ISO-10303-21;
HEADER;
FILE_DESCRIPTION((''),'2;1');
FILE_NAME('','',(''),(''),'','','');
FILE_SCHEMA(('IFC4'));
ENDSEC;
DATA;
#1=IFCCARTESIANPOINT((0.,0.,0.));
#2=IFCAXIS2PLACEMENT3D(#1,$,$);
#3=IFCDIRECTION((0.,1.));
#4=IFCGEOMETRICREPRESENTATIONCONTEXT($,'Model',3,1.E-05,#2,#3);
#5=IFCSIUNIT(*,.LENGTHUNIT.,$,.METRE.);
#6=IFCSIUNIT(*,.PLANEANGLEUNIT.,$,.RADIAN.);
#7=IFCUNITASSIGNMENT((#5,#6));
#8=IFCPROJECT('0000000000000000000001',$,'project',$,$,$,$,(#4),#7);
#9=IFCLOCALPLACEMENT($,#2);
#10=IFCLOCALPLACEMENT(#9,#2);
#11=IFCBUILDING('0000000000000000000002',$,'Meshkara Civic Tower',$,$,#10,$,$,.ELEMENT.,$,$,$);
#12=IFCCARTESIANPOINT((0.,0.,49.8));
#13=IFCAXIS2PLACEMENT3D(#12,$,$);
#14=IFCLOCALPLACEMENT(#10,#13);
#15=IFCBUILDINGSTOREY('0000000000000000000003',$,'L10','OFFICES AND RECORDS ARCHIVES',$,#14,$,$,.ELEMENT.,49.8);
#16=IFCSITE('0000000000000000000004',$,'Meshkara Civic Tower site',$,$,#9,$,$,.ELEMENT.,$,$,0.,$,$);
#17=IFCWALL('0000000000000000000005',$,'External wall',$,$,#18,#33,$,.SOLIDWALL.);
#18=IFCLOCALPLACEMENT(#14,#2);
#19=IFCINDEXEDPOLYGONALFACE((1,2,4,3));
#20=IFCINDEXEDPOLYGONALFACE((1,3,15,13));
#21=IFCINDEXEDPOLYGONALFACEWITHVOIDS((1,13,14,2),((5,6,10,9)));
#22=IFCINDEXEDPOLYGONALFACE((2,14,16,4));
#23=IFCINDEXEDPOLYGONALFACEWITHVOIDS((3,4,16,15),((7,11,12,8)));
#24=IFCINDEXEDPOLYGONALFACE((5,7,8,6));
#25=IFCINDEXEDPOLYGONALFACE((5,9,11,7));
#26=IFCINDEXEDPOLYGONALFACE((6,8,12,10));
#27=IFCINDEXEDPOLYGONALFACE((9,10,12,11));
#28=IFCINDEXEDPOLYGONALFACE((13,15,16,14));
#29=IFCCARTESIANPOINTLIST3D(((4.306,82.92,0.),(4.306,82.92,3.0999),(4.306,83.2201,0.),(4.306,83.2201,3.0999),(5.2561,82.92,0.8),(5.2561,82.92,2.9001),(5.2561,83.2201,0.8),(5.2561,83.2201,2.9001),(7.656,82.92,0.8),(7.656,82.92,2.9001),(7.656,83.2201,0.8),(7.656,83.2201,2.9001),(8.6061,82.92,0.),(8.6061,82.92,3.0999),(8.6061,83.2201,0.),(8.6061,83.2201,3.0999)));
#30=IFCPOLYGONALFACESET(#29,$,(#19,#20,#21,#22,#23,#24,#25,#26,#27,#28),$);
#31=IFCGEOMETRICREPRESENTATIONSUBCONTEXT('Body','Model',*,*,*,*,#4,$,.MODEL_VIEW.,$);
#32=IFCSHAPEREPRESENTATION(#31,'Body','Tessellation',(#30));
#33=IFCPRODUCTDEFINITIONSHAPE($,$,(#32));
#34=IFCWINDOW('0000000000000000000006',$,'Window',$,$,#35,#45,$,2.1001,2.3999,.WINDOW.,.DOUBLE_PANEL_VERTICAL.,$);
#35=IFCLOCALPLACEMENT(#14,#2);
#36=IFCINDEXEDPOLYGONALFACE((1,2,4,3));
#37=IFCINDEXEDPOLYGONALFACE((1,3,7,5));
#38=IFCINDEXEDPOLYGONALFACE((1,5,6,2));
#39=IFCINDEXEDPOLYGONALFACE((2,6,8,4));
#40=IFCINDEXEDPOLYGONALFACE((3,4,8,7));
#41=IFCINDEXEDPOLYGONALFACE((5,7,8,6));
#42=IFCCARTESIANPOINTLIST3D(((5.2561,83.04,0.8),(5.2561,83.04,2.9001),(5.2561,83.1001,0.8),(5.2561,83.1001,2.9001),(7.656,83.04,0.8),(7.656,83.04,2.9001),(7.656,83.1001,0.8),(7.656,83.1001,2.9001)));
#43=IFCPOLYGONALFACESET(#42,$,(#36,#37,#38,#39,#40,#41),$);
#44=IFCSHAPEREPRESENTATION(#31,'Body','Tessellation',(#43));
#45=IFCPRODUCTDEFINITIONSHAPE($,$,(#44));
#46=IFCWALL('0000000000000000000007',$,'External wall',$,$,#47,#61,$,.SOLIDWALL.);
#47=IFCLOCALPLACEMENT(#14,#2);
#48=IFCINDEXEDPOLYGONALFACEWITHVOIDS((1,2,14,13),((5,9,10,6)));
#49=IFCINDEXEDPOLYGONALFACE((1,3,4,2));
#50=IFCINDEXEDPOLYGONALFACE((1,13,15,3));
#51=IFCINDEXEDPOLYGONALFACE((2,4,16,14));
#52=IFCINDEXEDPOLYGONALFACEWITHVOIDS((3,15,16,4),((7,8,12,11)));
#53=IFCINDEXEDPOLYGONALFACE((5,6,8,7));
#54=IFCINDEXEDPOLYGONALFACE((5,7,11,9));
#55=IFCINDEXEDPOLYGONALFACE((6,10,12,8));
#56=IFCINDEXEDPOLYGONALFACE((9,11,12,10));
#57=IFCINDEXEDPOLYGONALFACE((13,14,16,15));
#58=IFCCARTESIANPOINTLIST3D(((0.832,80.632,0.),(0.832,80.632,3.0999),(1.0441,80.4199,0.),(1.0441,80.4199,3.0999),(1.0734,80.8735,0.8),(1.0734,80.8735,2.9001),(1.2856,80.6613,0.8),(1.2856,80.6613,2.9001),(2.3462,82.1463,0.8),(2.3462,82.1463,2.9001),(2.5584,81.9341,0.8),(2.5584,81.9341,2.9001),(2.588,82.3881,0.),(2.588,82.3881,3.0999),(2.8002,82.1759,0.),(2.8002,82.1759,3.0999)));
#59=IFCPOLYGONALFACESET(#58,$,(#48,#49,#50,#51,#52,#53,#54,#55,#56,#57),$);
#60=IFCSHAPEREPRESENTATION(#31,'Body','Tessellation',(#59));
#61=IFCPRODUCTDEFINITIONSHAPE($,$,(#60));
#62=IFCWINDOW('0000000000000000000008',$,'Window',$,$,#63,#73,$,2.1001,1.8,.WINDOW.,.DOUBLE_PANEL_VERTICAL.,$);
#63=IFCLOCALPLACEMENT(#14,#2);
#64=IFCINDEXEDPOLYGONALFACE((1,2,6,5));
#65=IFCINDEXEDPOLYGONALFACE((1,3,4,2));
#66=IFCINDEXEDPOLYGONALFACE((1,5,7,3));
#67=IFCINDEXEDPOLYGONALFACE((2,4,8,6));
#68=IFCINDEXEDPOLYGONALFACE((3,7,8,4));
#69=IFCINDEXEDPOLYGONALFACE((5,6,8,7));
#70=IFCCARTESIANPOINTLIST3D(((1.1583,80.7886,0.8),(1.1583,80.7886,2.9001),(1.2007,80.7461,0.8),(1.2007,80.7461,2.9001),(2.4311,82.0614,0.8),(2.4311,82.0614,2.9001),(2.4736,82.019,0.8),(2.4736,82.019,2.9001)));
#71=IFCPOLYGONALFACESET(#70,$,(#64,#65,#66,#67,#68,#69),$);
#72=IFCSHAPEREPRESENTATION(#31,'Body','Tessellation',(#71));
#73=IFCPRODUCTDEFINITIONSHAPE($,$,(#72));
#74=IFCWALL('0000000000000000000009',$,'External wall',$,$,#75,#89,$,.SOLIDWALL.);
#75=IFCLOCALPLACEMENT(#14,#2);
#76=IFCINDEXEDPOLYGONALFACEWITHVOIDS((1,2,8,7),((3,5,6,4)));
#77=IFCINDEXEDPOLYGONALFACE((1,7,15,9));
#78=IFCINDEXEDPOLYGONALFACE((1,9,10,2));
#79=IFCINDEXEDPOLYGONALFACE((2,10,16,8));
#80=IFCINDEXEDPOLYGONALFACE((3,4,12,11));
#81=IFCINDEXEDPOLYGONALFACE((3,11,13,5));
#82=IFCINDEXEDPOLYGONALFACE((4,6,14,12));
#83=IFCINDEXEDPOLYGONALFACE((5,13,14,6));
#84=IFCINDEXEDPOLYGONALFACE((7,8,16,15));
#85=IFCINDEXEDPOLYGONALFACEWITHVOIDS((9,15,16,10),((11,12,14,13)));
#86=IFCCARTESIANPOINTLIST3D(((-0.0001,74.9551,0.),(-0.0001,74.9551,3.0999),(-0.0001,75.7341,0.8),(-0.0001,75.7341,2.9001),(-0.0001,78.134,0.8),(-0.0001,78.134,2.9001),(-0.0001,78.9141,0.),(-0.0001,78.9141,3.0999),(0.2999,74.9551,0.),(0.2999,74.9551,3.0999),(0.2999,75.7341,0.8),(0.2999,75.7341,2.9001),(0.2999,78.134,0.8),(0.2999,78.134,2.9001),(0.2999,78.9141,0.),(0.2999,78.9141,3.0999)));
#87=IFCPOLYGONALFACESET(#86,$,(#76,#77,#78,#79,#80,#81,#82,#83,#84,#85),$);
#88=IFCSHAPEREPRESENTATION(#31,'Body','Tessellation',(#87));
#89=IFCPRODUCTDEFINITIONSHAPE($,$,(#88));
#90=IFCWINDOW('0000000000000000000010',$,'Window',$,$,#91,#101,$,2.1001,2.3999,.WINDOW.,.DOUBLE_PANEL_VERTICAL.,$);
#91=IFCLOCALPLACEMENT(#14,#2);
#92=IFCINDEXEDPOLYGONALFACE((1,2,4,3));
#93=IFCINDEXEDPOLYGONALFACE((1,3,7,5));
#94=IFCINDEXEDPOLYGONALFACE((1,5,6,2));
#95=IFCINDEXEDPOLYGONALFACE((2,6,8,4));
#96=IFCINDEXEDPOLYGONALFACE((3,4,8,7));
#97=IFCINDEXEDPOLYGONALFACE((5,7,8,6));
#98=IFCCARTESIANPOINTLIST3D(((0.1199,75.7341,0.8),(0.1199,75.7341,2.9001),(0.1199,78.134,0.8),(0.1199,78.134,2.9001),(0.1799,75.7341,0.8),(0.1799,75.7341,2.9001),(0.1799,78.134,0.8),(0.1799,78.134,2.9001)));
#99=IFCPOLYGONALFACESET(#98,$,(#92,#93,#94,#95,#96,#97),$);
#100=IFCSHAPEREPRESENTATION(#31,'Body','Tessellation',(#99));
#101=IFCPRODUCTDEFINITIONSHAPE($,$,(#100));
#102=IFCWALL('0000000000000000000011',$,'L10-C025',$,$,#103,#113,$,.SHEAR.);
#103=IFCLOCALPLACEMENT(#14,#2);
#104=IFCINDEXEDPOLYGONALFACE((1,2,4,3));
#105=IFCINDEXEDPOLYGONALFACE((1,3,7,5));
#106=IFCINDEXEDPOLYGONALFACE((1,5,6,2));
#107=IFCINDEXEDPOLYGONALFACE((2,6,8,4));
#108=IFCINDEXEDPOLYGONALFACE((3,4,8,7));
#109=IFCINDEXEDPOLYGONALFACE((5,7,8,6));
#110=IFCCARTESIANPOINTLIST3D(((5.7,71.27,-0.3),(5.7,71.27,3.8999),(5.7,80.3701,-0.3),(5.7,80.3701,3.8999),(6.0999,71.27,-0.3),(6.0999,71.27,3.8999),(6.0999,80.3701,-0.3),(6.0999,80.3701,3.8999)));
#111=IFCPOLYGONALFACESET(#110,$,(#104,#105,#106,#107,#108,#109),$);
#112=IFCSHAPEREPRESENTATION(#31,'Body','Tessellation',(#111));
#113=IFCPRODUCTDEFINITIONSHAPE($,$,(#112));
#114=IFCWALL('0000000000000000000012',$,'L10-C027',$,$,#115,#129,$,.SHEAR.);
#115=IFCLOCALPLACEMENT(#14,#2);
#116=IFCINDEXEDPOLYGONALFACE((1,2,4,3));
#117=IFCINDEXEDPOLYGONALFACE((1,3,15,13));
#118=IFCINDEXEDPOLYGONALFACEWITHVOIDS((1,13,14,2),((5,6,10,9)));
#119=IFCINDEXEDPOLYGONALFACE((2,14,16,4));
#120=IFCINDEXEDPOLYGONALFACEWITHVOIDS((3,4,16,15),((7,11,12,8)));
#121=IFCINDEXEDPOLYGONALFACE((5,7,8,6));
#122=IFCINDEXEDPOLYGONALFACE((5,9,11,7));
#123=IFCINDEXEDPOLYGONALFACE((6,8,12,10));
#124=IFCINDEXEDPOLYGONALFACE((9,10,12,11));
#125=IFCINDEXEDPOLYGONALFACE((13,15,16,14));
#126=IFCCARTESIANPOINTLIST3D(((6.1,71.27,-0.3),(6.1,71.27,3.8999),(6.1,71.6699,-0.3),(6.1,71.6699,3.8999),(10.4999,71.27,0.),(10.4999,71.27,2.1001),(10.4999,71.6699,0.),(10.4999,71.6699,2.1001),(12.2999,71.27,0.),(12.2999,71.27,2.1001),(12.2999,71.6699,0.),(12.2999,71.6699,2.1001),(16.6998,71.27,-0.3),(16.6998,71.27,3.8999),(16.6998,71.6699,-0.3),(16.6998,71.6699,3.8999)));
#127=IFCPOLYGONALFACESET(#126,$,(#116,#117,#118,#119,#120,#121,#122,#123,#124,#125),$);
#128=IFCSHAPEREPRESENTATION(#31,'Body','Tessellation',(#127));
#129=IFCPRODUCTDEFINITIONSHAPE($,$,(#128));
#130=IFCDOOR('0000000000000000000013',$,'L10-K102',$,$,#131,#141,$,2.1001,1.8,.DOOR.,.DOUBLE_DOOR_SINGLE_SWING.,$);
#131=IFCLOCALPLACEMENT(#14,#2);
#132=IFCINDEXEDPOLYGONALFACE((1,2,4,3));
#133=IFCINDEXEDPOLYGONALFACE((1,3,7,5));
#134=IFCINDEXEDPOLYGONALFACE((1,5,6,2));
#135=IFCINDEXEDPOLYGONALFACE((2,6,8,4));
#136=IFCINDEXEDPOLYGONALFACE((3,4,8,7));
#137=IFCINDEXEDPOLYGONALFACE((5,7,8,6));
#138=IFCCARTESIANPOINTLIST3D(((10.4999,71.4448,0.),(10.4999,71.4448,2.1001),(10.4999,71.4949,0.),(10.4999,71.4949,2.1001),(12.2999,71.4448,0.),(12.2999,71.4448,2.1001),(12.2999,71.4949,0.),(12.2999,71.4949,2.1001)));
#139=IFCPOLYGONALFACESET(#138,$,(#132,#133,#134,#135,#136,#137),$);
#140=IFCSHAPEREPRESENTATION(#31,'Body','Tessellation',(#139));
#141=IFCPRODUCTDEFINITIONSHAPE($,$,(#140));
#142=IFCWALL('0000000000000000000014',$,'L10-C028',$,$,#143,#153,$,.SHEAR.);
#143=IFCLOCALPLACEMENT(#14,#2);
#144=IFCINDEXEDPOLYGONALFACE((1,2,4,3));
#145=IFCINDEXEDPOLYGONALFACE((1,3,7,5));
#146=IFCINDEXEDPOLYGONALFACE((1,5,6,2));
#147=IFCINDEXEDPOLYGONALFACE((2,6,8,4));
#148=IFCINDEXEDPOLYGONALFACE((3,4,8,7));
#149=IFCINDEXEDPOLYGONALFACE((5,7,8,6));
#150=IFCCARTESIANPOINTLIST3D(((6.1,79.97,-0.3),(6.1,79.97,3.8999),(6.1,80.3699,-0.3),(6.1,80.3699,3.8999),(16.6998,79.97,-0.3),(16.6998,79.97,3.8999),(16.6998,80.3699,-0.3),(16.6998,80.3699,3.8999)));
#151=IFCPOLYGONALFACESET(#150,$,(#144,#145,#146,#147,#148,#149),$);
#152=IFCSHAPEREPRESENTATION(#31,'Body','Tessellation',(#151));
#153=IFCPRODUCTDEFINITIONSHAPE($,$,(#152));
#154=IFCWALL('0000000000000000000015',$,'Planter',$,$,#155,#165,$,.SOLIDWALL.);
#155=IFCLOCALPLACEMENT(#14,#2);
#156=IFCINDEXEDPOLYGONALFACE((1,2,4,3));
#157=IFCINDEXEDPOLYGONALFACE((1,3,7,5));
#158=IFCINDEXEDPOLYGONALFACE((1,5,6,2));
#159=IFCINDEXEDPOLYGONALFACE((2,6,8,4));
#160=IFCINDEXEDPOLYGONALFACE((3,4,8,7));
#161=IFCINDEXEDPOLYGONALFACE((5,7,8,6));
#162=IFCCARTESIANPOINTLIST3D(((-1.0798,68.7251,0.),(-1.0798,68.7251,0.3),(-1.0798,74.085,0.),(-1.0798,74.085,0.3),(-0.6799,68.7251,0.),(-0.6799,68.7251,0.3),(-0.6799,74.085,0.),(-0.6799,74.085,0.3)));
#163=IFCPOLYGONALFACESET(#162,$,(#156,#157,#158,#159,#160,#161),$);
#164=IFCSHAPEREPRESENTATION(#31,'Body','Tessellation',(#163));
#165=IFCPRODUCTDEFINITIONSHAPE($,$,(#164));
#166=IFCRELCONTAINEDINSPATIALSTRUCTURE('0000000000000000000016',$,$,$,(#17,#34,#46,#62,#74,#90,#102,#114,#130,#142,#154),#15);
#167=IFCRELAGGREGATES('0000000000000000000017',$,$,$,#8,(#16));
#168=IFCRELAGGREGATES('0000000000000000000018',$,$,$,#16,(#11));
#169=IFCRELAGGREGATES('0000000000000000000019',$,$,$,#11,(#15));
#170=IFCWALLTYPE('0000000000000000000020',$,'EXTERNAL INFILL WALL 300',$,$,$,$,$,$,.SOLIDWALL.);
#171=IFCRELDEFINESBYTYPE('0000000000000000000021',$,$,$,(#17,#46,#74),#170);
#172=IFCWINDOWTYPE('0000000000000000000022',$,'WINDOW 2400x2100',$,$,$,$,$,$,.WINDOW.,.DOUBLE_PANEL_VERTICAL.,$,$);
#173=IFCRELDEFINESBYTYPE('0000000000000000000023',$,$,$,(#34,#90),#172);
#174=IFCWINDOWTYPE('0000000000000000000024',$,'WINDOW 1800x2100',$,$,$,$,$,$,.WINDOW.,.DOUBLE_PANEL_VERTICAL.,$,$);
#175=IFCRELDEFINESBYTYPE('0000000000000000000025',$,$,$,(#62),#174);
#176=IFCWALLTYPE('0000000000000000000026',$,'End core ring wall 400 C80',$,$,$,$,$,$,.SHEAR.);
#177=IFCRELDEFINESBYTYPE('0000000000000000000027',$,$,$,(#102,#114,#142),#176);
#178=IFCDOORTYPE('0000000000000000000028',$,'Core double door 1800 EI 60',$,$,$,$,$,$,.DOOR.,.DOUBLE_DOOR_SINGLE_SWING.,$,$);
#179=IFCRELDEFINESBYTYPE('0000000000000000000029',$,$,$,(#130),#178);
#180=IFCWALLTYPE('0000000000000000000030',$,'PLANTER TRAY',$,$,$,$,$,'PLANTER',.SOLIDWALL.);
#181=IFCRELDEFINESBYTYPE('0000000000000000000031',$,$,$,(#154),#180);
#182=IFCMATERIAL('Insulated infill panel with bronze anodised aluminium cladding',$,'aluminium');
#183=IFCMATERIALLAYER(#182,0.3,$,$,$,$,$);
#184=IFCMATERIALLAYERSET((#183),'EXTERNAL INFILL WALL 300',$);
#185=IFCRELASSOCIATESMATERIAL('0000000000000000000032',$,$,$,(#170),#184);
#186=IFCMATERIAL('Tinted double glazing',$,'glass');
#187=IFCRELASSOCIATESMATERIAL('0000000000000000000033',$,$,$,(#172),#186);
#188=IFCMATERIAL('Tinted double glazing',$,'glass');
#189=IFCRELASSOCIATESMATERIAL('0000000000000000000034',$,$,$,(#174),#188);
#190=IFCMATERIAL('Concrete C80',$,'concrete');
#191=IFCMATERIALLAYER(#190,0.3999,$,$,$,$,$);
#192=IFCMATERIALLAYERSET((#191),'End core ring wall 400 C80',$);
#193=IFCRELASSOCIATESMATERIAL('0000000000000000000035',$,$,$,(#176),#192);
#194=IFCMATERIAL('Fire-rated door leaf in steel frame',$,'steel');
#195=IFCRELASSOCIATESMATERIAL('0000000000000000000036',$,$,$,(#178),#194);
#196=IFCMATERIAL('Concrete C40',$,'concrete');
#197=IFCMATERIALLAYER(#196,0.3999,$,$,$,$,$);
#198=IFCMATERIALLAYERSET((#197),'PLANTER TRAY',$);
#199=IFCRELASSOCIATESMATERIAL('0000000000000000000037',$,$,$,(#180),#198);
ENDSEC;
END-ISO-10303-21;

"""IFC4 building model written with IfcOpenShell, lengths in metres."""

from ifc_helpers import new_model, si_unit, direction, frame, frame_2d, origin, place, context, subcontext, project, spatial, rectangle, extrude, material, layer, layer_set, type_object, element, fill, save


model = new_model("IFC4")

# Units and contexts
model_context = context("Model", 3, precision=1e-05, world=origin(), true_north=direction((0.0, 1.0)))
body_context = subcontext(model_context, "Body", "Model", "MODEL_VIEW")
ifc_project = project(units=[si_unit("LENGTHUNIT", "METRE"), si_unit("PLANEANGLEUNIT", "RADIAN")], contexts=[model_context])

# Site, building, storey
site_placement = place(None, origin())
site = spatial("IfcSite", under=ifc_project, at=site_placement, Name="Meshkara Civic Tower site", CompositionType="ELEMENT", RefElevation=0.0)
building_placement = place(site_placement, origin())
building = spatial("IfcBuilding", under=site, at=building_placement, Name="Meshkara Civic Tower", CompositionType="ELEMENT")
storey_placement = place(building_placement, frame((0.0, 0.0, 49.8)))
storey = spatial("IfcBuildingStorey", under=building, at=storey_placement, Name="L10", Description="OFFICES AND RECORDS ARCHIVES", CompositionType="ELEMENT", Elevation=49.8)

# Walls, openings, windows
ifc_material_1 = material(Name="Insulated infill panel with bronze anodised aluminium cladding", Category="aluminium")
ifc_layer_1 = layer(ifc_material_1, 0.3)
ifc_layer_set_1 = layer_set([ifc_layer_1], Name="EXTERNAL INFILL WALL 300")
wall_type_1 = type_object("IfcWallType", Name="EXTERNAL INFILL WALL 300", PredefinedType="SOLIDWALL", material=ifc_layer_set_1)
wall_1_placement = place(storey_placement, frame((8.606, 83.0701, 0.0), z_axis=(0.0, 0.0, 1.0), x_axis=(-1.0, 0.0, 0.0)))
wall_1 = element("IfcWall", 1, at=wall_1_placement, inside=storey, type_object=wall_type_1, Name="External wall", PredefinedType="SOLIDWALL", context=body_context, shape_type="SweptSolid", body=[
    extrude(rectangle(XDim=4.3, YDim=0.3, at=frame_2d((2.1499, 0.0))), origin(), (0.0, 0.0, 1.0), 3.0999),
])
opening_1_placement = place(wall_1_placement, frame((0.95, 0.0, 0.8)))
opening_1 = element("IfcOpeningElement", 2, at=opening_1_placement, cuts=wall_1, PredefinedType="OPENING", context=body_context, shape_type="SweptSolid", body=[
    extrude(rectangle(XDim=2.3999, YDim=2.1001, at=frame_2d((1.2, 1.05))), frame((0.0, 0.1599, 0.0), z_axis=(0.0, -1.0, 0.0), x_axis=(1.0, 0.0, 0.0)), (0.0, 0.0, 1.0), 0.3201),
])
ifc_material_2 = material(Name="Tinted double glazing", Category="glass")
window_type_1 = type_object("IfcWindowType", Name="WINDOW 2400x2100", PartitioningType="DOUBLE_PANEL_VERTICAL", PredefinedType="WINDOW", material=ifc_material_2)
window_1_placement = place(opening_1_placement, origin())
window_1 = element("IfcWindow", 3, at=window_1_placement, inside=storey, type_object=window_type_1, Name="Window", OverallHeight=2.1001, OverallWidth=2.3999, PartitioningType="DOUBLE_PANEL_VERTICAL", PredefinedType="WINDOW", context=body_context, shape_type="SweptSolid", body=[
    extrude(rectangle(XDim=2.3999, YDim=2.1001, at=frame_2d((1.2, 1.05))), frame((0.0, 0.03, 0.0), z_axis=(0.0, -1.0, 0.0), x_axis=(1.0, 0.0, 0.0)), (0.0, 0.0, 1.0), 0.0601),
])
fill(opening_1, window_1)
wall_2_placement = place(storey_placement, frame((2.6941, 82.282, 0.0), z_axis=(0.0, 0.0, 1.0), x_axis=(-0.707107, -0.707107, 0.0)))
wall_2 = element("IfcWall", 4, at=wall_2_placement, inside=storey, type_object=wall_type_1, Name="External wall", PredefinedType="SOLIDWALL", context=body_context, shape_type="SweptSolid", body=[
    extrude(rectangle(XDim=2.4834, YDim=0.3, at=frame_2d((1.2417, 0.0))), origin(), (0.0, 0.0, 1.0), 3.0999),
])
opening_2_placement = place(wall_2_placement, frame((0.342, 0.0, 0.8)))
opening_2 = element("IfcOpeningElement", 5, at=opening_2_placement, cuts=wall_2, PredefinedType="OPENING", context=body_context, shape_type="SweptSolid", body=[
    extrude(rectangle(XDim=1.8, YDim=2.1001, at=frame_2d((0.8999, 1.05))), frame((0.0, 0.1599, 0.0), z_axis=(0.0, -1.0, 0.0), x_axis=(1.0, 0.0, 0.0)), (0.0, 0.0, 1.0), 0.3201),
])
ifc_material_3 = material(Name="Tinted double glazing", Category="glass")
window_type_2 = type_object("IfcWindowType", Name="WINDOW 1800x2100", PartitioningType="DOUBLE_PANEL_VERTICAL", PredefinedType="WINDOW", material=ifc_material_3)
window_2_placement = place(opening_2_placement, origin())
window_2 = element("IfcWindow", 6, at=window_2_placement, inside=storey, type_object=window_type_2, Name="Window", OverallHeight=2.1001, OverallWidth=1.8, PartitioningType="DOUBLE_PANEL_VERTICAL", PredefinedType="WINDOW", context=body_context, shape_type="SweptSolid", body=[
    extrude(rectangle(XDim=1.8, YDim=2.1001, at=frame_2d((0.8999, 1.05))), frame((0.0, 0.03, 0.0), z_axis=(0.0, -1.0, 0.0), x_axis=(1.0, 0.0, 0.0)), (0.0, 0.0, 1.0), 0.0601),
])
fill(opening_2, window_2)
wall_3_placement = place(storey_placement, frame((0.1499, 78.9141, 0.0), z_axis=(0.0, 0.0, 1.0), x_axis=(0.0, -1.0, 0.0)))
wall_3 = element("IfcWall", 7, at=wall_3_placement, inside=storey, type_object=wall_type_1, Name="External wall", PredefinedType="SOLIDWALL", context=body_context, shape_type="SweptSolid", body=[
    extrude(rectangle(XDim=3.959, YDim=0.3, at=frame_2d((1.9795, 0.0))), origin(), (0.0, 0.0, 1.0), 3.0999),
])
opening_3_placement = place(wall_3_placement, frame((0.78, 0.0, 0.8)))
opening_3 = element("IfcOpeningElement", 8, at=opening_3_placement, cuts=wall_3, PredefinedType="OPENING", context=body_context, shape_type="SweptSolid", body=[
    extrude(rectangle(XDim=2.3999, YDim=2.1001, at=frame_2d((1.2, 1.05))), frame((0.0, 0.1599, 0.0), z_axis=(0.0, -1.0, 0.0), x_axis=(1.0, 0.0, 0.0)), (0.0, 0.0, 1.0), 0.3201),
])
window_3_placement = place(opening_3_placement, origin())
window_3 = element("IfcWindow", 9, at=window_3_placement, inside=storey, type_object=window_type_1, Name="Window", OverallHeight=2.1001, OverallWidth=2.3999, PartitioningType="DOUBLE_PANEL_VERTICAL", PredefinedType="WINDOW", context=body_context, shape_type="SweptSolid", body=[
    extrude(rectangle(XDim=2.3999, YDim=2.1001, at=frame_2d((1.2, 1.05))), frame((0.0, 0.03, 0.0), z_axis=(0.0, -1.0, 0.0), x_axis=(1.0, 0.0, 0.0)), (0.0, 0.0, 1.0), 0.0601),
])
fill(opening_3, window_3)

# Wall
ifc_material_4 = material(Name="Concrete C80", Category="concrete")
ifc_layer_2 = layer(ifc_material_4, 0.3999)
ifc_layer_set_2 = layer_set([ifc_layer_2], Name="End core ring wall 400 C80")
wall_type_2 = type_object("IfcWallType", Name="End core ring wall 400 C80", PredefinedType="SHEAR", material=ifc_layer_set_2)
wall_4_placement = place(storey_placement, frame((5.8999, 71.27, -0.3), z_axis=(0.0, 0.0, 1.0), x_axis=(0.0, 1.0, 0.0)))
element("IfcWall", 10, at=wall_4_placement, inside=storey, type_object=wall_type_2, Name="L10-C025", PredefinedType="SHEAR", context=body_context, shape_type="SweptSolid", body=[
    extrude(rectangle(XDim=9.1001, YDim=0.3999, at=frame_2d((4.55, 0.0))), origin(), (0.0, 0.0, 1.0), 4.2),
])

# Wall, opening, door
wall_5_placement = place(storey_placement, frame((6.1001, 71.47, -0.3), z_axis=(0.0, 0.0, 1.0), x_axis=(1.0, 0.0, 0.0)))
wall_5 = element("IfcWall", 11, at=wall_5_placement, inside=storey, type_object=wall_type_2, Name="L10-C027", PredefinedType="SHEAR", context=body_context, shape_type="SweptSolid", body=[
    extrude(rectangle(XDim=10.5999, YDim=0.3999, at=frame_2d((5.2998, 0.0))), origin(), (0.0, 0.0, 1.0), 4.2),
])
opening_4_placement = place(wall_5_placement, frame((4.3999, 0.0, 0.3)))
opening_4 = element("IfcOpeningElement", 12, at=opening_4_placement, cuts=wall_5, PredefinedType="OPENING", context=body_context, shape_type="SweptSolid", body=[
    extrude(rectangle(XDim=1.8, YDim=2.1001, at=frame_2d((0.8999, 1.05))), frame((0.0, 0.21, 0.0), z_axis=(0.0, -1.0, 0.0), x_axis=(1.0, 0.0, 0.0)), (0.0, 0.0, 1.0), 0.4199),
])
ifc_material_5 = material(Name="Fire-rated door leaf in steel frame", Category="steel")
door_type_1 = type_object("IfcDoorType", Name="Core double door 1800 EI 60", OperationType="DOUBLE_DOOR_SINGLE_SWING", PredefinedType="DOOR", material=ifc_material_5)
door_1_placement = place(opening_4_placement, origin())
door_1 = element("IfcDoor", 13, at=door_1_placement, inside=storey, type_object=door_type_1, Name="L10-K102", OperationType="DOUBLE_DOOR_SINGLE_SWING", OverallHeight=2.1001, OverallWidth=1.8, PredefinedType="DOOR", context=body_context, shape_type="SweptSolid", body=[
    extrude(rectangle(XDim=1.8, YDim=2.1001, at=frame_2d((0.8999, 1.05))), frame((0.0, 0.0249, 0.0), z_axis=(0.0, -1.0, 0.0), x_axis=(1.0, 0.0, 0.0)), (0.0, 0.0, 1.0), 0.05),
])
fill(opening_4, door_1)

# Wall
wall_6_placement = place(storey_placement, frame((6.1001, 80.1699, -0.3), z_axis=(0.0, 0.0, 1.0), x_axis=(1.0, 0.0, 0.0)))
element("IfcWall", 14, at=wall_6_placement, inside=storey, type_object=wall_type_2, Name="L10-C028", PredefinedType="SHEAR", context=body_context, shape_type="SweptSolid", body=[
    extrude(rectangle(XDim=10.5999, YDim=0.3999, at=frame_2d((5.2998, 0.0))), origin(), (0.0, 0.0, 1.0), 4.2),
])

# Wall
ifc_material_6 = material(Name="Concrete C40", Category="concrete")
ifc_layer_3 = layer(ifc_material_6, 0.3999)
ifc_layer_set_3 = layer_set([ifc_layer_3], Name="PLANTER TRAY")
wall_type_3 = type_object("IfcWallType", Name="PLANTER TRAY", ElementType="PLANTER", PredefinedType="SOLIDWALL", material=ifc_layer_set_3)
wall_7_placement = place(storey_placement, frame((-0.8799, 74.085, 0.0), z_axis=(0.0, 0.0, 1.0), x_axis=(0.0, -1.0, 0.0)))
element("IfcWall", 15, at=wall_7_placement, inside=storey, type_object=wall_type_3, Name="Planter", PredefinedType="SOLIDWALL", context=body_context, shape_type="SweptSolid", body=[
    extrude(rectangle(XDim=5.3599, YDim=0.3999, at=frame_2d((2.6799, 0.0))), origin(), (0.0, 0.0, 1.0), 0.3),
])

save(model, "model.ifc")
